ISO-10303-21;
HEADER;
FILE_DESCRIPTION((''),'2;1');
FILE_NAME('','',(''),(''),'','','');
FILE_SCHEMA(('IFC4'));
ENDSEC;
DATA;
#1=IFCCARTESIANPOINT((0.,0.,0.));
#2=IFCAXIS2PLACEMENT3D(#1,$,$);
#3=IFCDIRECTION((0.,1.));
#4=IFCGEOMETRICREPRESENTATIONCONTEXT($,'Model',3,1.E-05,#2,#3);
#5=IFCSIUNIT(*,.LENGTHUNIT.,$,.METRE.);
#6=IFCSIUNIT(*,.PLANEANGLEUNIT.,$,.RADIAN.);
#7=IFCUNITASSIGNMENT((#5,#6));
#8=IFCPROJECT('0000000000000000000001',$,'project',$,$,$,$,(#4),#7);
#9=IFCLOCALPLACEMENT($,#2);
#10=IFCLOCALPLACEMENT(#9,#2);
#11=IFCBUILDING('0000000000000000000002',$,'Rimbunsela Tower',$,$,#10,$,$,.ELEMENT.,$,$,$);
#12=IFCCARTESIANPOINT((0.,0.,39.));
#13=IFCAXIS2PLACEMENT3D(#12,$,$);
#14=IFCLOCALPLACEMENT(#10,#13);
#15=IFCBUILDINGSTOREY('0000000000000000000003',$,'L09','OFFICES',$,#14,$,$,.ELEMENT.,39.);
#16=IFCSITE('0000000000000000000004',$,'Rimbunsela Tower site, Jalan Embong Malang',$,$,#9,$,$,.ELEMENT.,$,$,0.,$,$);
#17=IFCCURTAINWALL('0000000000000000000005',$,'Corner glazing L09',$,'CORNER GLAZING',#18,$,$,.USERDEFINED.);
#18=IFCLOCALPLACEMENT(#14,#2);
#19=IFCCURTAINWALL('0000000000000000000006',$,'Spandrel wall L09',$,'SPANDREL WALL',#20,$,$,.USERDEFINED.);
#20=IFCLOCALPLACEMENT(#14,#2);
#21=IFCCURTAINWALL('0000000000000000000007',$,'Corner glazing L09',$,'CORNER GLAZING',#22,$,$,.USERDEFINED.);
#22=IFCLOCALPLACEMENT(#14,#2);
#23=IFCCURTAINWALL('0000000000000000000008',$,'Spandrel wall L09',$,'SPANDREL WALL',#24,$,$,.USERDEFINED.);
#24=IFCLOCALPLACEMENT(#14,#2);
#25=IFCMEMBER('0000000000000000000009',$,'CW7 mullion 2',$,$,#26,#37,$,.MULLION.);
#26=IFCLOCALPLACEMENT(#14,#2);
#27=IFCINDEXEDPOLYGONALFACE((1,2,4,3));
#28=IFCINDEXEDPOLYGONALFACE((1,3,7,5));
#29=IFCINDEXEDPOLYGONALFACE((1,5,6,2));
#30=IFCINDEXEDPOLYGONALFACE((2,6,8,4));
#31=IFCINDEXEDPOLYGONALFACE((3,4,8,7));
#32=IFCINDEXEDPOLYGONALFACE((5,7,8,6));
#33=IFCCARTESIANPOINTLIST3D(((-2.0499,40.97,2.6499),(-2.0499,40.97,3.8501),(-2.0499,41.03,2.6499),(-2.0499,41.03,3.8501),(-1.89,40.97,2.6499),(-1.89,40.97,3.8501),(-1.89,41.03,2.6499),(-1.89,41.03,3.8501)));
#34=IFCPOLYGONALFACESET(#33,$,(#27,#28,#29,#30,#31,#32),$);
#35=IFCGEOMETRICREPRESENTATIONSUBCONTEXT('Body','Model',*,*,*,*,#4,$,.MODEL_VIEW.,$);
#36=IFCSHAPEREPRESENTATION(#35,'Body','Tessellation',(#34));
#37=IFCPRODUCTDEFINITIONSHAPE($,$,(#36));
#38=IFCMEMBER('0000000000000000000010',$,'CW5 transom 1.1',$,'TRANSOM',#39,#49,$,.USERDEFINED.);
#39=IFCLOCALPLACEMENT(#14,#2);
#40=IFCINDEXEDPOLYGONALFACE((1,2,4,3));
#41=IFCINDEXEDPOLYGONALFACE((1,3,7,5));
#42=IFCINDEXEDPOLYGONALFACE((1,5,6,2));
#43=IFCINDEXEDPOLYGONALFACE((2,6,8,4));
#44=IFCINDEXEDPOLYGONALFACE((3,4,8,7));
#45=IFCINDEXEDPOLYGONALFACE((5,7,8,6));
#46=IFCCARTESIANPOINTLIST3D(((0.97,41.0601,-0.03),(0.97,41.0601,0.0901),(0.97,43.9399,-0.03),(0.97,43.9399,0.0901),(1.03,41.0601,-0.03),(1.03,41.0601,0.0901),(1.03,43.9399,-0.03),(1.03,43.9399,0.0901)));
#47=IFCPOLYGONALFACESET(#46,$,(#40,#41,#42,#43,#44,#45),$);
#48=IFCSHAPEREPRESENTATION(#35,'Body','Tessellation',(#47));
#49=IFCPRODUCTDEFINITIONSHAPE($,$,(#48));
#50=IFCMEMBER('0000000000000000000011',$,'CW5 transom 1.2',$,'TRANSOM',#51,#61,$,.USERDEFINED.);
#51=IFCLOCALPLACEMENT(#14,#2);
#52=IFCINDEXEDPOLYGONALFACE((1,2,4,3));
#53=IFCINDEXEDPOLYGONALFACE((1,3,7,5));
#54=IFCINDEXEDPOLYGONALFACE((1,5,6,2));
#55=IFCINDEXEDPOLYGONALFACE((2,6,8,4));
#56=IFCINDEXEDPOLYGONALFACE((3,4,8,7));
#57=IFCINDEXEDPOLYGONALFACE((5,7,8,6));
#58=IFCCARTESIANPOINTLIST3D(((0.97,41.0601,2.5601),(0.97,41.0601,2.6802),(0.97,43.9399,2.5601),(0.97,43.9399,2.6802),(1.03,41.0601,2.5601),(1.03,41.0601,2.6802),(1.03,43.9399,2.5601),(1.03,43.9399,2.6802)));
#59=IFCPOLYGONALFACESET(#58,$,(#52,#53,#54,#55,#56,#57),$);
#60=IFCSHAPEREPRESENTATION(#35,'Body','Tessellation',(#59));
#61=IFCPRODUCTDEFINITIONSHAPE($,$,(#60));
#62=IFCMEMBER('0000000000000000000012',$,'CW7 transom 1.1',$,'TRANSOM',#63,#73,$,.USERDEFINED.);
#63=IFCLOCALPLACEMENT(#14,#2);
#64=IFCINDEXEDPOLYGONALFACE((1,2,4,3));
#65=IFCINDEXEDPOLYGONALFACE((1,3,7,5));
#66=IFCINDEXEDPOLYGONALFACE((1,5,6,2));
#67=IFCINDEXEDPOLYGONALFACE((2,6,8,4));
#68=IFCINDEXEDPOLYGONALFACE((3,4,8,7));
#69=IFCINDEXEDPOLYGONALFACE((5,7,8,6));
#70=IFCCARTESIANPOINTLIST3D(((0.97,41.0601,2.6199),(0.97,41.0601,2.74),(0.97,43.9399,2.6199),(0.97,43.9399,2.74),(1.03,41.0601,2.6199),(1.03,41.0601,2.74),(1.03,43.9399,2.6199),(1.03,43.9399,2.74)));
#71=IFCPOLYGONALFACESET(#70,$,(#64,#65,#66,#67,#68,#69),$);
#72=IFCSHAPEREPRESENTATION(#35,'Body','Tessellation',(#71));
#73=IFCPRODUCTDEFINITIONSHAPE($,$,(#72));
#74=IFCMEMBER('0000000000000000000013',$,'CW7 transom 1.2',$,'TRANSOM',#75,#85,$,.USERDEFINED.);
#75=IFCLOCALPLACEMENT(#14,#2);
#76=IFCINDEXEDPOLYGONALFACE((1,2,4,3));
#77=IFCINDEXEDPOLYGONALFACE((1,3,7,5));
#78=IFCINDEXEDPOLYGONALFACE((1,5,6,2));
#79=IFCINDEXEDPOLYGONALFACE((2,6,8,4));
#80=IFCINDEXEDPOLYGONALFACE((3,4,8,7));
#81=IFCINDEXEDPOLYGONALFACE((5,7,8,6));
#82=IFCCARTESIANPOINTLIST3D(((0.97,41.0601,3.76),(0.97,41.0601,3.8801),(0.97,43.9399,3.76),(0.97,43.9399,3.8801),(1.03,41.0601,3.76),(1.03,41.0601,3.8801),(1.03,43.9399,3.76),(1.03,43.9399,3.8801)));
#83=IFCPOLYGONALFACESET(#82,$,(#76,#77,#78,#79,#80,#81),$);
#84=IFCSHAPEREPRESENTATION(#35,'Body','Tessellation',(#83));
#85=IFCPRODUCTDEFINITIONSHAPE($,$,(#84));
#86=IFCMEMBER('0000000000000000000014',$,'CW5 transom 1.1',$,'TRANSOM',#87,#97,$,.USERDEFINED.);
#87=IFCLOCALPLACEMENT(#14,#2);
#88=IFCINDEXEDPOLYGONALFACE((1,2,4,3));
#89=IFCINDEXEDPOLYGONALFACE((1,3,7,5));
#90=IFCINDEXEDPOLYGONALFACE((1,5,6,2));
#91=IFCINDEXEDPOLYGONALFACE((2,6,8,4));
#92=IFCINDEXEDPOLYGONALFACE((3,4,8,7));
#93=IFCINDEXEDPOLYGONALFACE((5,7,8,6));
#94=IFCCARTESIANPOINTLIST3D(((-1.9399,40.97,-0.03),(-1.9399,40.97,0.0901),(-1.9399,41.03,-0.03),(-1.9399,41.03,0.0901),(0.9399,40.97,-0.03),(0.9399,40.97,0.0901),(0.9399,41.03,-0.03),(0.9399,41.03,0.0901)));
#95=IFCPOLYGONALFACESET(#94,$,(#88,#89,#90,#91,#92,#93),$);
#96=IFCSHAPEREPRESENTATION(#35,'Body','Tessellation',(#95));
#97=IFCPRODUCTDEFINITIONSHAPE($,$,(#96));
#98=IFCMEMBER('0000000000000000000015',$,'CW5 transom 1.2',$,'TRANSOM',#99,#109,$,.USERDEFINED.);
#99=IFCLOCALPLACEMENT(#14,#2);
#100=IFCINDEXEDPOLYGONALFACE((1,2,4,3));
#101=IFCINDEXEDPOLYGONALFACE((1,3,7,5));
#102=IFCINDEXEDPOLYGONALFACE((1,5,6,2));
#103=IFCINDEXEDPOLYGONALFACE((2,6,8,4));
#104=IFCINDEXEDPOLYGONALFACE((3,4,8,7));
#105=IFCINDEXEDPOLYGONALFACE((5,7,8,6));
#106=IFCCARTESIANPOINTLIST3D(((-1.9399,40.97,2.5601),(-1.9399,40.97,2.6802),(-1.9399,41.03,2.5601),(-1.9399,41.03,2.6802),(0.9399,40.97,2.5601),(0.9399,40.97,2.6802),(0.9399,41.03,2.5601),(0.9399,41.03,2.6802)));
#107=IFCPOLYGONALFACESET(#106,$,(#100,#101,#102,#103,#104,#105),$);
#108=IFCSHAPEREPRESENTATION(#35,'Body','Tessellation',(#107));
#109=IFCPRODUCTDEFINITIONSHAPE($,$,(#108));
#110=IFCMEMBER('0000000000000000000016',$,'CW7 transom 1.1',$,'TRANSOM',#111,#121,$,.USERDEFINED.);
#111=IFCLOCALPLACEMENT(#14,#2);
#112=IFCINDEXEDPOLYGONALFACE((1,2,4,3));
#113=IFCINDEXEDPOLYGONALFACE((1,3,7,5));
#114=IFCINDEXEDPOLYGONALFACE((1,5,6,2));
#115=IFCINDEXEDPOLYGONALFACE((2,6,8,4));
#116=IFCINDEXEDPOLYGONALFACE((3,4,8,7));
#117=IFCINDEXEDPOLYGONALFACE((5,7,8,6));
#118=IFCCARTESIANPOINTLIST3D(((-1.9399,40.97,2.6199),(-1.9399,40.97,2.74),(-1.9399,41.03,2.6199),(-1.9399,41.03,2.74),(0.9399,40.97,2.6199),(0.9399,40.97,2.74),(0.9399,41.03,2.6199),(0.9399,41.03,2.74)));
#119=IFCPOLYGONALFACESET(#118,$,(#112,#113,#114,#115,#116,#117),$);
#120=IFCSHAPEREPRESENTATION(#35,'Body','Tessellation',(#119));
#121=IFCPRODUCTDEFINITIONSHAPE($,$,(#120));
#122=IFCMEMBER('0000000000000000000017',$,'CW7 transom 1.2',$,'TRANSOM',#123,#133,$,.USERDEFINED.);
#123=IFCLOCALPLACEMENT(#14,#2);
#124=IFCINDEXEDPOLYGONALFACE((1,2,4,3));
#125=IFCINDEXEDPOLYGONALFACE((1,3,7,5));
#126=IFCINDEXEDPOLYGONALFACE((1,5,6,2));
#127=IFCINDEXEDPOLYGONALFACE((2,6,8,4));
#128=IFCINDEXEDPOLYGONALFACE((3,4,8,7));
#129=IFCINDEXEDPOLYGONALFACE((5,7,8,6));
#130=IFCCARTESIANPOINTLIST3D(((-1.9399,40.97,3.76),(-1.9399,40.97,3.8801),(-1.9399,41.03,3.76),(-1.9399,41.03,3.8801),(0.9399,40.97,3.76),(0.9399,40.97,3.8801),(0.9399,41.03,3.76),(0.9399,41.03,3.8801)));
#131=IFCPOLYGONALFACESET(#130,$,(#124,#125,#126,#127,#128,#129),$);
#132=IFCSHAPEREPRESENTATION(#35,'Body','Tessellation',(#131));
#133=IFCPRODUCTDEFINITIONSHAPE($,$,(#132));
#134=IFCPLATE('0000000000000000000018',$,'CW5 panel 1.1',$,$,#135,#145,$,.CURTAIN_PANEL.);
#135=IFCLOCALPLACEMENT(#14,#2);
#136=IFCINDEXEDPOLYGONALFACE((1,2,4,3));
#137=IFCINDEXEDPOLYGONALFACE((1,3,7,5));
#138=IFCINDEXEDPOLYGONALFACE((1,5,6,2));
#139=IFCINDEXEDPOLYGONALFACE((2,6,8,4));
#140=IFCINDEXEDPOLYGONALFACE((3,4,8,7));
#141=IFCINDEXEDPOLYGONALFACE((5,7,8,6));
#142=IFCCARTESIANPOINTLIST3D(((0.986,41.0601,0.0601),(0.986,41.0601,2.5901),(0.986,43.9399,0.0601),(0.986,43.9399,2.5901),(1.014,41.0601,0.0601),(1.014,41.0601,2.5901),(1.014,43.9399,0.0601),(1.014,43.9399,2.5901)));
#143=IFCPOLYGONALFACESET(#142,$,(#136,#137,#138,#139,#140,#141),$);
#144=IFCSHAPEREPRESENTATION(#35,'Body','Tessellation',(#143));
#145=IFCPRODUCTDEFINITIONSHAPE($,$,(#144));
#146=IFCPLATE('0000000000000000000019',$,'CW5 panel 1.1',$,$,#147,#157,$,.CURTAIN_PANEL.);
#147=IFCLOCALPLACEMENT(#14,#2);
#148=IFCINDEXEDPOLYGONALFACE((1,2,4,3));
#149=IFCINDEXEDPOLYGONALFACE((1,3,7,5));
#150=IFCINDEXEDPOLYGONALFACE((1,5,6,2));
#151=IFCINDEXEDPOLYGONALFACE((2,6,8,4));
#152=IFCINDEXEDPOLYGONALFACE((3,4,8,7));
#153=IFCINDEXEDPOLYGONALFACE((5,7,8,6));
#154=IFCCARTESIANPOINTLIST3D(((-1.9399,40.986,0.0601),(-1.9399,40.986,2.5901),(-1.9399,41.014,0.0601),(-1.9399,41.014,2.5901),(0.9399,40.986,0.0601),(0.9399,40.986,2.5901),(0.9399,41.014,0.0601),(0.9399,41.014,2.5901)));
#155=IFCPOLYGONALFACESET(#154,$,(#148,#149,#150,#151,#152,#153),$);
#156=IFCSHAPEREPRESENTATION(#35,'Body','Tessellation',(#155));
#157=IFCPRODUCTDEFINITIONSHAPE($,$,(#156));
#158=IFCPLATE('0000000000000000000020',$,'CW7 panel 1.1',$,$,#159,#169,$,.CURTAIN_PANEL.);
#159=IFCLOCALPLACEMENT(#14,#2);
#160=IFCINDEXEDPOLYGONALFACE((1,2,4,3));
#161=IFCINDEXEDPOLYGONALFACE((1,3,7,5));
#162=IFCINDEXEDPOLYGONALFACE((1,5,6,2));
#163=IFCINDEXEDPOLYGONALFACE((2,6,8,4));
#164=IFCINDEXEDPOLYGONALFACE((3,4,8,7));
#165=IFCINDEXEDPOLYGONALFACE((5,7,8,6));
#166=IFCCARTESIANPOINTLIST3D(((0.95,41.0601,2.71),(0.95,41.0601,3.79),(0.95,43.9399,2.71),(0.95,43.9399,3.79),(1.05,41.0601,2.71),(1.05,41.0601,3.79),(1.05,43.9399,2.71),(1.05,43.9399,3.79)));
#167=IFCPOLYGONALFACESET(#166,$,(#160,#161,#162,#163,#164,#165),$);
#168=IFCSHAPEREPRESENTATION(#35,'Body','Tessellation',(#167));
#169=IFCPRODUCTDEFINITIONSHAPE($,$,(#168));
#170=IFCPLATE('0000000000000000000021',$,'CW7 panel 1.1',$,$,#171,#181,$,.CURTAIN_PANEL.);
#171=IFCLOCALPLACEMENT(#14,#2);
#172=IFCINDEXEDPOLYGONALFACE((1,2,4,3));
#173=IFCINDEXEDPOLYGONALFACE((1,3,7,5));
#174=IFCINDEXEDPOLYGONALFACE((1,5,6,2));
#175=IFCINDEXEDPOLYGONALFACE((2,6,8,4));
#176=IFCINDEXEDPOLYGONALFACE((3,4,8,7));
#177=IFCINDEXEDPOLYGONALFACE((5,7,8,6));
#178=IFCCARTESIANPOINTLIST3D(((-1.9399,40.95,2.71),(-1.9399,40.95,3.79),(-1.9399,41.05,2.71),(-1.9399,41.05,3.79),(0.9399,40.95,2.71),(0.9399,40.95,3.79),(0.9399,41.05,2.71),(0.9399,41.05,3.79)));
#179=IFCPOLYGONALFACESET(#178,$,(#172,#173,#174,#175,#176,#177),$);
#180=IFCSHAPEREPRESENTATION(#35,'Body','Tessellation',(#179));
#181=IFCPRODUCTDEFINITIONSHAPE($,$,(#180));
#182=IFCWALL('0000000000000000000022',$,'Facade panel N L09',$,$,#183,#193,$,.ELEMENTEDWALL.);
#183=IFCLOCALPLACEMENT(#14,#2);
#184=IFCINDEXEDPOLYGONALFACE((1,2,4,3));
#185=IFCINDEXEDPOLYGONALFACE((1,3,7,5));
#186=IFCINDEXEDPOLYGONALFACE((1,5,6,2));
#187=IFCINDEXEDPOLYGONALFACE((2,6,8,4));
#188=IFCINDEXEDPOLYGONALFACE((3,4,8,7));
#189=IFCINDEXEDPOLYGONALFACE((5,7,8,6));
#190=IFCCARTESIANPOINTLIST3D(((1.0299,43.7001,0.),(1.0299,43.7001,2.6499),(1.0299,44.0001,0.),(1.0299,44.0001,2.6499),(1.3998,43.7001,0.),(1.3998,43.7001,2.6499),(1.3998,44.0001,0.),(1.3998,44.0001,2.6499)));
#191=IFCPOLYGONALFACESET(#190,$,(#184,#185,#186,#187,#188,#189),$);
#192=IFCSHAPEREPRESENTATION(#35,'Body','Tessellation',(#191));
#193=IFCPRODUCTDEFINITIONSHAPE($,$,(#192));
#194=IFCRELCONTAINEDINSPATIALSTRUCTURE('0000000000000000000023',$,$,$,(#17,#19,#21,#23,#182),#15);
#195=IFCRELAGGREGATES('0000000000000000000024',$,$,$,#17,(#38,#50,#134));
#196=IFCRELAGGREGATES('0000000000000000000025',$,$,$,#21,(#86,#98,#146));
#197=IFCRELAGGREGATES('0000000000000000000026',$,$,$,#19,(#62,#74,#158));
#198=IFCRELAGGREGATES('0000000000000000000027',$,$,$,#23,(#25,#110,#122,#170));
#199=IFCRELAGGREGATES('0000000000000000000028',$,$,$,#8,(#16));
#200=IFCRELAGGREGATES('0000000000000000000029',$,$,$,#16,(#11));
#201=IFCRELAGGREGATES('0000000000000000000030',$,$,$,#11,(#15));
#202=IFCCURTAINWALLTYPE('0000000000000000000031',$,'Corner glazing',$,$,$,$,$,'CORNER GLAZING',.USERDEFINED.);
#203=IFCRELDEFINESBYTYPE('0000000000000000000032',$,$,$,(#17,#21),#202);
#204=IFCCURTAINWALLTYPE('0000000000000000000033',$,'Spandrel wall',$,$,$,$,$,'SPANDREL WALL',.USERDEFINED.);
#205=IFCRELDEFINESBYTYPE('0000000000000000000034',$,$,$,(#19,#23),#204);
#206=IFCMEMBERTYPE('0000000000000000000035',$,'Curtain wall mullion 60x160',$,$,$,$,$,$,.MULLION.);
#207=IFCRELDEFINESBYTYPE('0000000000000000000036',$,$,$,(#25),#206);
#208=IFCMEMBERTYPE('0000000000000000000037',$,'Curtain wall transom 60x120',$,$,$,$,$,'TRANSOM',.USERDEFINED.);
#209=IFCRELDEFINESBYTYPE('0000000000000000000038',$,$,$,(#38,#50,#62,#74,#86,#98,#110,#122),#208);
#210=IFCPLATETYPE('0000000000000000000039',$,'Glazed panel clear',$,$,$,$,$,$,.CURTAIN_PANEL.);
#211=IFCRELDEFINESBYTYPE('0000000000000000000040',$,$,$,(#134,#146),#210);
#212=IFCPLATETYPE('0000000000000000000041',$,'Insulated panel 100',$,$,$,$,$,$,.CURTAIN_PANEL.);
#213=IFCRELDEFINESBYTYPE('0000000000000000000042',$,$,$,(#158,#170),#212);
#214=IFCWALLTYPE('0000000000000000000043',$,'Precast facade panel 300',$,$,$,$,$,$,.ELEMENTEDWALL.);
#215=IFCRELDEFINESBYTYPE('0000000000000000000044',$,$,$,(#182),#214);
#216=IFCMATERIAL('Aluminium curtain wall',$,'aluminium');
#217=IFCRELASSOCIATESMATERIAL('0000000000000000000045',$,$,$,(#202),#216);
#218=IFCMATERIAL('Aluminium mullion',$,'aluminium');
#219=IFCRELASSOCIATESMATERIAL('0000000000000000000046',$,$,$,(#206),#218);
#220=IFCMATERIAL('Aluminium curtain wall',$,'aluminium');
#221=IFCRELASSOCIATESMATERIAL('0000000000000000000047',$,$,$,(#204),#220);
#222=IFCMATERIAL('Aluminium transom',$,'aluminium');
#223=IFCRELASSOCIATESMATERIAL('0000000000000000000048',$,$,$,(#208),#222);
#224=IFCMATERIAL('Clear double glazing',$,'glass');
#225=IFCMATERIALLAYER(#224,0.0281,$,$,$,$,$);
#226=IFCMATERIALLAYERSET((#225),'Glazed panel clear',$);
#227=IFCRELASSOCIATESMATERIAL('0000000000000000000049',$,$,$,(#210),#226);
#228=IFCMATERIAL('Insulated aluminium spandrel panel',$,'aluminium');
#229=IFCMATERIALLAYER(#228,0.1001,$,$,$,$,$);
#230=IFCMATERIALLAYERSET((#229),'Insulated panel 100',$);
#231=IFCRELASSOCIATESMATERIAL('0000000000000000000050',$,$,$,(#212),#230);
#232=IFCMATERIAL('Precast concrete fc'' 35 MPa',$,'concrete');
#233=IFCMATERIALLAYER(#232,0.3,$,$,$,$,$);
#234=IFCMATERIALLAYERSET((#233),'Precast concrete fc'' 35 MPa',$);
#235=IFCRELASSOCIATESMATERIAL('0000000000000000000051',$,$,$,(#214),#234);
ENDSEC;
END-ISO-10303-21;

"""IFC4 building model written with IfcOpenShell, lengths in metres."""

from ifc_helpers import new_model, si_unit, direction, frame, frame_2d, origin, origin_2d, place, context, subcontext, project, spatial, rectangle, extrude, material, layer, layer_set, material_profile, profile_set, type_object, element, aggregate, save


model = new_model("IFC4")

# Units and contexts
model_context = context("Model", 3, precision=1e-05, world=origin(), true_north=direction((0.0, 1.0)))
body_context = subcontext(model_context, "Body", "Model", "MODEL_VIEW")
ifc_project = project(units=[si_unit("LENGTHUNIT", "METRE"), si_unit("PLANEANGLEUNIT", "RADIAN")], contexts=[model_context])

# Site, building, storey
site_placement = place(None, origin())
site = spatial("IfcSite", under=ifc_project, at=site_placement, Name="Rimbunsela Tower site, Jalan Embong Malang", CompositionType="ELEMENT", RefElevation=0.0)
building_placement = place(site_placement, origin())
building = spatial("IfcBuilding", under=site, at=building_placement, Name="Rimbunsela Tower", CompositionType="ELEMENT")
storey_placement = place(building_placement, frame((0.0, 0.0, 39.0)))
storey = spatial("IfcBuildingStorey", under=building, at=storey_placement, Name="L09", Description="OFFICES", CompositionType="ELEMENT", Elevation=39.0)

# Curtain walls, member
ifc_material_1 = material(Name="Aluminium curtain wall", Category="aluminium")
curtain_wall_type_1 = type_object("IfcCurtainWallType", Name="Corner glazing", ElementType="CORNER GLAZING", PredefinedType="USERDEFINED", material=ifc_material_1)
curtain_wall_1_placement = place(storey_placement, origin())
curtain_wall_1 = element("IfcCurtainWall", 1, at=curtain_wall_1_placement, inside=storey, type_object=curtain_wall_type_1, Name="Corner glazing L09", ObjectType="CORNER GLAZING", PredefinedType="USERDEFINED")
ifc_material_2 = material(Name="Aluminium mullion", Category="aluminium")
ifc_material_profile_1 = material_profile(ifc_material_2, rectangle(XDim=0.0601, YDim=0.1599, at=origin_2d()), Name="Mullion 60x160")
ifc_profile_set_1 = profile_set([ifc_material_profile_1], Name="Aluminium mullion")
member_type_1 = type_object("IfcMemberType", Name="Curtain wall mullion 60x160", PredefinedType="MULLION", material=ifc_profile_set_1)
ifc_material_3 = material(Name="Aluminium curtain wall", Category="aluminium")
curtain_wall_type_2 = type_object("IfcCurtainWallType", Name="Spandrel wall", ElementType="SPANDREL WALL", PredefinedType="USERDEFINED", material=ifc_material_3)
curtain_wall_2_placement = place(storey_placement, origin())
curtain_wall_2 = element("IfcCurtainWall", 2, at=curtain_wall_2_placement, inside=storey, type_object=curtain_wall_type_2, Name="Spandrel wall L09", ObjectType="SPANDREL WALL", PredefinedType="USERDEFINED")
curtain_wall_3_placement = place(storey_placement, origin())
curtain_wall_3 = element("IfcCurtainWall", 3, at=curtain_wall_3_placement, inside=storey, type_object=curtain_wall_type_1, Name="Corner glazing L09", ObjectType="CORNER GLAZING", PredefinedType="USERDEFINED")
curtain_wall_4_placement = place(storey_placement, origin())
curtain_wall_4 = element("IfcCurtainWall", 4, at=curtain_wall_4_placement, inside=storey, type_object=curtain_wall_type_2, Name="Spandrel wall L09", ObjectType="SPANDREL WALL", PredefinedType="USERDEFINED")
member_1_placement = place(storey_placement, frame((-1.97, 41.0, 2.6499), z_axis=(0.0, 0.0, 1.0), x_axis=(0.0, -1.0, 0.0)))
member_1 = element("IfcMember", 5, at=member_1_placement, type_object=member_type_1, Name="CW7 mullion 2", PredefinedType="MULLION", context=body_context, shape_type="SweptSolid", body=[
    extrude(rectangle(XDim=0.0601, YDim=0.1599, at=origin_2d()), origin(), (0.0, 0.0, 1.0), 1.2002),
])

# Members
ifc_material_4 = material(Name="Aluminium transom", Category="aluminium")
ifc_material_profile_2 = material_profile(ifc_material_4, rectangle(XDim=0.0601, YDim=0.1201, at=origin_2d()), Name="Transom 60x120")
ifc_profile_set_2 = profile_set([ifc_material_profile_2], Name="Aluminium transom")
member_type_2 = type_object("IfcMemberType", Name="Curtain wall transom 60x120", ElementType="TRANSOM", PredefinedType="USERDEFINED", material=ifc_profile_set_2)
member_2_placement = place(storey_placement, frame((1.0, 43.9399, 0.03), z_axis=(0.0, -1.0, 0.0), x_axis=(1.0, 0.0, 0.0)))
member_2 = element("IfcMember", 6, at=member_2_placement, type_object=member_type_2, Name="CW5 transom 1.1", ObjectType="TRANSOM", PredefinedType="USERDEFINED", context=body_context, shape_type="SweptSolid", body=[
    extrude(rectangle(XDim=0.0601, YDim=0.1201, at=origin_2d()), origin(), (0.0, 0.0, 1.0), 2.8799),
])
member_3_placement = place(storey_placement, frame((1.0, 43.9399, 2.6201), z_axis=(0.0, -1.0, 0.0), x_axis=(1.0, 0.0, 0.0)))
member_3 = element("IfcMember", 7, at=member_3_placement, type_object=member_type_2, Name="CW5 transom 1.2", ObjectType="TRANSOM", PredefinedType="USERDEFINED", context=body_context, shape_type="SweptSolid", body=[
    extrude(rectangle(XDim=0.0601, YDim=0.1201, at=origin_2d()), origin(), (0.0, 0.0, 1.0), 2.8799),
])
member_4_placement = place(storey_placement, frame((1.0, 43.9399, 2.6799), z_axis=(0.0, -1.0, 0.0), x_axis=(1.0, 0.0, 0.0)))
member_4 = element("IfcMember", 8, at=member_4_placement, type_object=member_type_2, Name="CW7 transom 1.1", ObjectType="TRANSOM", PredefinedType="USERDEFINED", context=body_context, shape_type="SweptSolid", body=[
    extrude(rectangle(XDim=0.0601, YDim=0.1201, at=origin_2d()), origin(), (0.0, 0.0, 1.0), 2.8799),
])
member_5_placement = place(storey_placement, frame((1.0, 43.9399, 3.8201), z_axis=(0.0, -1.0, 0.0), x_axis=(1.0, 0.0, 0.0)))
member_5 = element("IfcMember", 9, at=member_5_placement, type_object=member_type_2, Name="CW7 transom 1.2", ObjectType="TRANSOM", PredefinedType="USERDEFINED", context=body_context, shape_type="SweptSolid", body=[
    extrude(rectangle(XDim=0.0601, YDim=0.1201, at=origin_2d()), origin(), (0.0, 0.0, 1.0), 2.8799),
])
member_6_placement = place(storey_placement, frame((0.9399, 41.0, 0.03), z_axis=(-1.0, 0.0, 0.0), x_axis=(0.0, -1.0, 0.0)))
member_6 = element("IfcMember", 10, at=member_6_placement, type_object=member_type_2, Name="CW5 transom 1.1", ObjectType="TRANSOM", PredefinedType="USERDEFINED", context=body_context, shape_type="SweptSolid", body=[
    extrude(rectangle(XDim=0.0601, YDim=0.1201, at=origin_2d()), origin(), (0.0, 0.0, 1.0), 2.8799),
])
member_7_placement = place(storey_placement, frame((0.9399, 41.0, 2.6201), z_axis=(-1.0, 0.0, 0.0), x_axis=(0.0, -1.0, 0.0)))
member_7 = element("IfcMember", 11, at=member_7_placement, type_object=member_type_2, Name="CW5 transom 1.2", ObjectType="TRANSOM", PredefinedType="USERDEFINED", context=body_context, shape_type="SweptSolid", body=[
    extrude(rectangle(XDim=0.0601, YDim=0.1201, at=origin_2d()), origin(), (0.0, 0.0, 1.0), 2.8799),
])
member_8_placement = place(storey_placement, frame((0.9399, 41.0, 2.6799), z_axis=(-1.0, 0.0, 0.0), x_axis=(0.0, -1.0, 0.0)))
member_8 = element("IfcMember", 12, at=member_8_placement, type_object=member_type_2, Name="CW7 transom 1.1", ObjectType="TRANSOM", PredefinedType="USERDEFINED", context=body_context, shape_type="SweptSolid", body=[
    extrude(rectangle(XDim=0.0601, YDim=0.1201, at=origin_2d()), origin(), (0.0, 0.0, 1.0), 2.8799),
])
member_9_placement = place(storey_placement, frame((0.9399, 41.0, 3.8201), z_axis=(-1.0, 0.0, 0.0), x_axis=(0.0, -1.0, 0.0)))
member_9 = element("IfcMember", 13, at=member_9_placement, type_object=member_type_2, Name="CW7 transom 1.2", ObjectType="TRANSOM", PredefinedType="USERDEFINED", context=body_context, shape_type="SweptSolid", body=[
    extrude(rectangle(XDim=0.0601, YDim=0.1201, at=origin_2d()), origin(), (0.0, 0.0, 1.0), 2.8799),
])

# Plates
ifc_material_5 = material(Name="Clear double glazing", Category="glass")
ifc_layer_1 = layer(ifc_material_5, 0.0281)
ifc_layer_set_1 = layer_set([ifc_layer_1], Name="Glazed panel clear")
plate_type_1 = type_object("IfcPlateType", Name="Glazed panel clear", PredefinedType="CURTAIN_PANEL", material=ifc_layer_set_1)
plate_1_placement = place(storey_placement, frame((1.0, 42.5, 0.0601), z_axis=(0.0, 0.0, 1.0), x_axis=(0.0, -1.0, 0.0)))
plate_1 = element("IfcPlate", 14, at=plate_1_placement, type_object=plate_type_1, Name="CW5 panel 1.1", PredefinedType="CURTAIN_PANEL", context=body_context, shape_type="SweptSolid", body=[
    extrude(rectangle(XDim=2.8799, YDim=0.0281, at=origin_2d()), origin(), (0.0, 0.0, 1.0), 2.53),
])
aggregate(curtain_wall_1, [member_2, member_3, plate_1])
plate_2_placement = place(storey_placement, frame((-0.5, 41.0, 0.0601), z_axis=(0.0, 0.0, 1.0), x_axis=(-1.0, 0.0, 0.0)))
plate_2 = element("IfcPlate", 15, at=plate_2_placement, type_object=plate_type_1, Name="CW5 panel 1.1", PredefinedType="CURTAIN_PANEL", context=body_context, shape_type="SweptSolid", body=[
    extrude(rectangle(XDim=2.8799, YDim=0.0281, at=origin_2d()), origin(), (0.0, 0.0, 1.0), 2.53),
])
aggregate(curtain_wall_3, [member_6, member_7, plate_2])
ifc_material_6 = material(Name="Insulated aluminium spandrel panel", Category="aluminium")
ifc_layer_2 = layer(ifc_material_6, 0.1001)
ifc_layer_set_2 = layer_set([ifc_layer_2], Name="Insulated panel 100")
plate_type_2 = type_object("IfcPlateType", Name="Insulated panel 100", PredefinedType="CURTAIN_PANEL", material=ifc_layer_set_2)
plate_3_placement = place(storey_placement, frame((1.0, 42.5, 2.71), z_axis=(0.0, 0.0, 1.0), x_axis=(0.0, -1.0, 0.0)))
plate_3 = element("IfcPlate", 16, at=plate_3_placement, type_object=plate_type_2, Name="CW7 panel 1.1", PredefinedType="CURTAIN_PANEL", context=body_context, shape_type="SweptSolid", body=[
    extrude(rectangle(XDim=2.8799, YDim=0.1001, at=origin_2d()), origin(), (0.0, 0.0, 1.0), 1.0801),
])
aggregate(curtain_wall_2, [member_4, member_5, plate_3])
plate_4_placement = place(storey_placement, frame((-0.5, 41.0, 2.71), z_axis=(0.0, 0.0, 1.0), x_axis=(-1.0, 0.0, 0.0)))
plate_4 = element("IfcPlate", 17, at=plate_4_placement, type_object=plate_type_2, Name="CW7 panel 1.1", PredefinedType="CURTAIN_PANEL", context=body_context, shape_type="SweptSolid", body=[
    extrude(rectangle(XDim=2.8799, YDim=0.1001, at=origin_2d()), origin(), (0.0, 0.0, 1.0), 1.0801),
])
aggregate(curtain_wall_4, [member_1, member_8, member_9, plate_4])

# Wall
ifc_material_7 = material(Name="Precast concrete fc' 35 MPa", Category="concrete")
ifc_layer_3 = layer(ifc_material_7, 0.3)
ifc_layer_set_3 = layer_set([ifc_layer_3], Name="Precast concrete fc' 35 MPa")
wall_type = type_object("IfcWallType", Name="Precast facade panel 300", PredefinedType="ELEMENTEDWALL", material=ifc_layer_set_3)
wall_1_placement = place(storey_placement, frame((1.3999, 43.8501, 0.0), z_axis=(0.0, 0.0, 1.0), x_axis=(-1.0, 0.0, 0.0)))
element("IfcWall", 18, at=wall_1_placement, inside=storey, type_object=wall_type, Name="Facade panel N L09", PredefinedType="ELEMENTEDWALL", context=body_context, shape_type="SweptSolid", body=[
    extrude(rectangle(XDim=0.3699, YDim=0.3, at=frame_2d((0.1851, 0.0))), origin(), (0.0, 0.0, 1.0), 2.6499),
])

save(model, "model.ifc")
